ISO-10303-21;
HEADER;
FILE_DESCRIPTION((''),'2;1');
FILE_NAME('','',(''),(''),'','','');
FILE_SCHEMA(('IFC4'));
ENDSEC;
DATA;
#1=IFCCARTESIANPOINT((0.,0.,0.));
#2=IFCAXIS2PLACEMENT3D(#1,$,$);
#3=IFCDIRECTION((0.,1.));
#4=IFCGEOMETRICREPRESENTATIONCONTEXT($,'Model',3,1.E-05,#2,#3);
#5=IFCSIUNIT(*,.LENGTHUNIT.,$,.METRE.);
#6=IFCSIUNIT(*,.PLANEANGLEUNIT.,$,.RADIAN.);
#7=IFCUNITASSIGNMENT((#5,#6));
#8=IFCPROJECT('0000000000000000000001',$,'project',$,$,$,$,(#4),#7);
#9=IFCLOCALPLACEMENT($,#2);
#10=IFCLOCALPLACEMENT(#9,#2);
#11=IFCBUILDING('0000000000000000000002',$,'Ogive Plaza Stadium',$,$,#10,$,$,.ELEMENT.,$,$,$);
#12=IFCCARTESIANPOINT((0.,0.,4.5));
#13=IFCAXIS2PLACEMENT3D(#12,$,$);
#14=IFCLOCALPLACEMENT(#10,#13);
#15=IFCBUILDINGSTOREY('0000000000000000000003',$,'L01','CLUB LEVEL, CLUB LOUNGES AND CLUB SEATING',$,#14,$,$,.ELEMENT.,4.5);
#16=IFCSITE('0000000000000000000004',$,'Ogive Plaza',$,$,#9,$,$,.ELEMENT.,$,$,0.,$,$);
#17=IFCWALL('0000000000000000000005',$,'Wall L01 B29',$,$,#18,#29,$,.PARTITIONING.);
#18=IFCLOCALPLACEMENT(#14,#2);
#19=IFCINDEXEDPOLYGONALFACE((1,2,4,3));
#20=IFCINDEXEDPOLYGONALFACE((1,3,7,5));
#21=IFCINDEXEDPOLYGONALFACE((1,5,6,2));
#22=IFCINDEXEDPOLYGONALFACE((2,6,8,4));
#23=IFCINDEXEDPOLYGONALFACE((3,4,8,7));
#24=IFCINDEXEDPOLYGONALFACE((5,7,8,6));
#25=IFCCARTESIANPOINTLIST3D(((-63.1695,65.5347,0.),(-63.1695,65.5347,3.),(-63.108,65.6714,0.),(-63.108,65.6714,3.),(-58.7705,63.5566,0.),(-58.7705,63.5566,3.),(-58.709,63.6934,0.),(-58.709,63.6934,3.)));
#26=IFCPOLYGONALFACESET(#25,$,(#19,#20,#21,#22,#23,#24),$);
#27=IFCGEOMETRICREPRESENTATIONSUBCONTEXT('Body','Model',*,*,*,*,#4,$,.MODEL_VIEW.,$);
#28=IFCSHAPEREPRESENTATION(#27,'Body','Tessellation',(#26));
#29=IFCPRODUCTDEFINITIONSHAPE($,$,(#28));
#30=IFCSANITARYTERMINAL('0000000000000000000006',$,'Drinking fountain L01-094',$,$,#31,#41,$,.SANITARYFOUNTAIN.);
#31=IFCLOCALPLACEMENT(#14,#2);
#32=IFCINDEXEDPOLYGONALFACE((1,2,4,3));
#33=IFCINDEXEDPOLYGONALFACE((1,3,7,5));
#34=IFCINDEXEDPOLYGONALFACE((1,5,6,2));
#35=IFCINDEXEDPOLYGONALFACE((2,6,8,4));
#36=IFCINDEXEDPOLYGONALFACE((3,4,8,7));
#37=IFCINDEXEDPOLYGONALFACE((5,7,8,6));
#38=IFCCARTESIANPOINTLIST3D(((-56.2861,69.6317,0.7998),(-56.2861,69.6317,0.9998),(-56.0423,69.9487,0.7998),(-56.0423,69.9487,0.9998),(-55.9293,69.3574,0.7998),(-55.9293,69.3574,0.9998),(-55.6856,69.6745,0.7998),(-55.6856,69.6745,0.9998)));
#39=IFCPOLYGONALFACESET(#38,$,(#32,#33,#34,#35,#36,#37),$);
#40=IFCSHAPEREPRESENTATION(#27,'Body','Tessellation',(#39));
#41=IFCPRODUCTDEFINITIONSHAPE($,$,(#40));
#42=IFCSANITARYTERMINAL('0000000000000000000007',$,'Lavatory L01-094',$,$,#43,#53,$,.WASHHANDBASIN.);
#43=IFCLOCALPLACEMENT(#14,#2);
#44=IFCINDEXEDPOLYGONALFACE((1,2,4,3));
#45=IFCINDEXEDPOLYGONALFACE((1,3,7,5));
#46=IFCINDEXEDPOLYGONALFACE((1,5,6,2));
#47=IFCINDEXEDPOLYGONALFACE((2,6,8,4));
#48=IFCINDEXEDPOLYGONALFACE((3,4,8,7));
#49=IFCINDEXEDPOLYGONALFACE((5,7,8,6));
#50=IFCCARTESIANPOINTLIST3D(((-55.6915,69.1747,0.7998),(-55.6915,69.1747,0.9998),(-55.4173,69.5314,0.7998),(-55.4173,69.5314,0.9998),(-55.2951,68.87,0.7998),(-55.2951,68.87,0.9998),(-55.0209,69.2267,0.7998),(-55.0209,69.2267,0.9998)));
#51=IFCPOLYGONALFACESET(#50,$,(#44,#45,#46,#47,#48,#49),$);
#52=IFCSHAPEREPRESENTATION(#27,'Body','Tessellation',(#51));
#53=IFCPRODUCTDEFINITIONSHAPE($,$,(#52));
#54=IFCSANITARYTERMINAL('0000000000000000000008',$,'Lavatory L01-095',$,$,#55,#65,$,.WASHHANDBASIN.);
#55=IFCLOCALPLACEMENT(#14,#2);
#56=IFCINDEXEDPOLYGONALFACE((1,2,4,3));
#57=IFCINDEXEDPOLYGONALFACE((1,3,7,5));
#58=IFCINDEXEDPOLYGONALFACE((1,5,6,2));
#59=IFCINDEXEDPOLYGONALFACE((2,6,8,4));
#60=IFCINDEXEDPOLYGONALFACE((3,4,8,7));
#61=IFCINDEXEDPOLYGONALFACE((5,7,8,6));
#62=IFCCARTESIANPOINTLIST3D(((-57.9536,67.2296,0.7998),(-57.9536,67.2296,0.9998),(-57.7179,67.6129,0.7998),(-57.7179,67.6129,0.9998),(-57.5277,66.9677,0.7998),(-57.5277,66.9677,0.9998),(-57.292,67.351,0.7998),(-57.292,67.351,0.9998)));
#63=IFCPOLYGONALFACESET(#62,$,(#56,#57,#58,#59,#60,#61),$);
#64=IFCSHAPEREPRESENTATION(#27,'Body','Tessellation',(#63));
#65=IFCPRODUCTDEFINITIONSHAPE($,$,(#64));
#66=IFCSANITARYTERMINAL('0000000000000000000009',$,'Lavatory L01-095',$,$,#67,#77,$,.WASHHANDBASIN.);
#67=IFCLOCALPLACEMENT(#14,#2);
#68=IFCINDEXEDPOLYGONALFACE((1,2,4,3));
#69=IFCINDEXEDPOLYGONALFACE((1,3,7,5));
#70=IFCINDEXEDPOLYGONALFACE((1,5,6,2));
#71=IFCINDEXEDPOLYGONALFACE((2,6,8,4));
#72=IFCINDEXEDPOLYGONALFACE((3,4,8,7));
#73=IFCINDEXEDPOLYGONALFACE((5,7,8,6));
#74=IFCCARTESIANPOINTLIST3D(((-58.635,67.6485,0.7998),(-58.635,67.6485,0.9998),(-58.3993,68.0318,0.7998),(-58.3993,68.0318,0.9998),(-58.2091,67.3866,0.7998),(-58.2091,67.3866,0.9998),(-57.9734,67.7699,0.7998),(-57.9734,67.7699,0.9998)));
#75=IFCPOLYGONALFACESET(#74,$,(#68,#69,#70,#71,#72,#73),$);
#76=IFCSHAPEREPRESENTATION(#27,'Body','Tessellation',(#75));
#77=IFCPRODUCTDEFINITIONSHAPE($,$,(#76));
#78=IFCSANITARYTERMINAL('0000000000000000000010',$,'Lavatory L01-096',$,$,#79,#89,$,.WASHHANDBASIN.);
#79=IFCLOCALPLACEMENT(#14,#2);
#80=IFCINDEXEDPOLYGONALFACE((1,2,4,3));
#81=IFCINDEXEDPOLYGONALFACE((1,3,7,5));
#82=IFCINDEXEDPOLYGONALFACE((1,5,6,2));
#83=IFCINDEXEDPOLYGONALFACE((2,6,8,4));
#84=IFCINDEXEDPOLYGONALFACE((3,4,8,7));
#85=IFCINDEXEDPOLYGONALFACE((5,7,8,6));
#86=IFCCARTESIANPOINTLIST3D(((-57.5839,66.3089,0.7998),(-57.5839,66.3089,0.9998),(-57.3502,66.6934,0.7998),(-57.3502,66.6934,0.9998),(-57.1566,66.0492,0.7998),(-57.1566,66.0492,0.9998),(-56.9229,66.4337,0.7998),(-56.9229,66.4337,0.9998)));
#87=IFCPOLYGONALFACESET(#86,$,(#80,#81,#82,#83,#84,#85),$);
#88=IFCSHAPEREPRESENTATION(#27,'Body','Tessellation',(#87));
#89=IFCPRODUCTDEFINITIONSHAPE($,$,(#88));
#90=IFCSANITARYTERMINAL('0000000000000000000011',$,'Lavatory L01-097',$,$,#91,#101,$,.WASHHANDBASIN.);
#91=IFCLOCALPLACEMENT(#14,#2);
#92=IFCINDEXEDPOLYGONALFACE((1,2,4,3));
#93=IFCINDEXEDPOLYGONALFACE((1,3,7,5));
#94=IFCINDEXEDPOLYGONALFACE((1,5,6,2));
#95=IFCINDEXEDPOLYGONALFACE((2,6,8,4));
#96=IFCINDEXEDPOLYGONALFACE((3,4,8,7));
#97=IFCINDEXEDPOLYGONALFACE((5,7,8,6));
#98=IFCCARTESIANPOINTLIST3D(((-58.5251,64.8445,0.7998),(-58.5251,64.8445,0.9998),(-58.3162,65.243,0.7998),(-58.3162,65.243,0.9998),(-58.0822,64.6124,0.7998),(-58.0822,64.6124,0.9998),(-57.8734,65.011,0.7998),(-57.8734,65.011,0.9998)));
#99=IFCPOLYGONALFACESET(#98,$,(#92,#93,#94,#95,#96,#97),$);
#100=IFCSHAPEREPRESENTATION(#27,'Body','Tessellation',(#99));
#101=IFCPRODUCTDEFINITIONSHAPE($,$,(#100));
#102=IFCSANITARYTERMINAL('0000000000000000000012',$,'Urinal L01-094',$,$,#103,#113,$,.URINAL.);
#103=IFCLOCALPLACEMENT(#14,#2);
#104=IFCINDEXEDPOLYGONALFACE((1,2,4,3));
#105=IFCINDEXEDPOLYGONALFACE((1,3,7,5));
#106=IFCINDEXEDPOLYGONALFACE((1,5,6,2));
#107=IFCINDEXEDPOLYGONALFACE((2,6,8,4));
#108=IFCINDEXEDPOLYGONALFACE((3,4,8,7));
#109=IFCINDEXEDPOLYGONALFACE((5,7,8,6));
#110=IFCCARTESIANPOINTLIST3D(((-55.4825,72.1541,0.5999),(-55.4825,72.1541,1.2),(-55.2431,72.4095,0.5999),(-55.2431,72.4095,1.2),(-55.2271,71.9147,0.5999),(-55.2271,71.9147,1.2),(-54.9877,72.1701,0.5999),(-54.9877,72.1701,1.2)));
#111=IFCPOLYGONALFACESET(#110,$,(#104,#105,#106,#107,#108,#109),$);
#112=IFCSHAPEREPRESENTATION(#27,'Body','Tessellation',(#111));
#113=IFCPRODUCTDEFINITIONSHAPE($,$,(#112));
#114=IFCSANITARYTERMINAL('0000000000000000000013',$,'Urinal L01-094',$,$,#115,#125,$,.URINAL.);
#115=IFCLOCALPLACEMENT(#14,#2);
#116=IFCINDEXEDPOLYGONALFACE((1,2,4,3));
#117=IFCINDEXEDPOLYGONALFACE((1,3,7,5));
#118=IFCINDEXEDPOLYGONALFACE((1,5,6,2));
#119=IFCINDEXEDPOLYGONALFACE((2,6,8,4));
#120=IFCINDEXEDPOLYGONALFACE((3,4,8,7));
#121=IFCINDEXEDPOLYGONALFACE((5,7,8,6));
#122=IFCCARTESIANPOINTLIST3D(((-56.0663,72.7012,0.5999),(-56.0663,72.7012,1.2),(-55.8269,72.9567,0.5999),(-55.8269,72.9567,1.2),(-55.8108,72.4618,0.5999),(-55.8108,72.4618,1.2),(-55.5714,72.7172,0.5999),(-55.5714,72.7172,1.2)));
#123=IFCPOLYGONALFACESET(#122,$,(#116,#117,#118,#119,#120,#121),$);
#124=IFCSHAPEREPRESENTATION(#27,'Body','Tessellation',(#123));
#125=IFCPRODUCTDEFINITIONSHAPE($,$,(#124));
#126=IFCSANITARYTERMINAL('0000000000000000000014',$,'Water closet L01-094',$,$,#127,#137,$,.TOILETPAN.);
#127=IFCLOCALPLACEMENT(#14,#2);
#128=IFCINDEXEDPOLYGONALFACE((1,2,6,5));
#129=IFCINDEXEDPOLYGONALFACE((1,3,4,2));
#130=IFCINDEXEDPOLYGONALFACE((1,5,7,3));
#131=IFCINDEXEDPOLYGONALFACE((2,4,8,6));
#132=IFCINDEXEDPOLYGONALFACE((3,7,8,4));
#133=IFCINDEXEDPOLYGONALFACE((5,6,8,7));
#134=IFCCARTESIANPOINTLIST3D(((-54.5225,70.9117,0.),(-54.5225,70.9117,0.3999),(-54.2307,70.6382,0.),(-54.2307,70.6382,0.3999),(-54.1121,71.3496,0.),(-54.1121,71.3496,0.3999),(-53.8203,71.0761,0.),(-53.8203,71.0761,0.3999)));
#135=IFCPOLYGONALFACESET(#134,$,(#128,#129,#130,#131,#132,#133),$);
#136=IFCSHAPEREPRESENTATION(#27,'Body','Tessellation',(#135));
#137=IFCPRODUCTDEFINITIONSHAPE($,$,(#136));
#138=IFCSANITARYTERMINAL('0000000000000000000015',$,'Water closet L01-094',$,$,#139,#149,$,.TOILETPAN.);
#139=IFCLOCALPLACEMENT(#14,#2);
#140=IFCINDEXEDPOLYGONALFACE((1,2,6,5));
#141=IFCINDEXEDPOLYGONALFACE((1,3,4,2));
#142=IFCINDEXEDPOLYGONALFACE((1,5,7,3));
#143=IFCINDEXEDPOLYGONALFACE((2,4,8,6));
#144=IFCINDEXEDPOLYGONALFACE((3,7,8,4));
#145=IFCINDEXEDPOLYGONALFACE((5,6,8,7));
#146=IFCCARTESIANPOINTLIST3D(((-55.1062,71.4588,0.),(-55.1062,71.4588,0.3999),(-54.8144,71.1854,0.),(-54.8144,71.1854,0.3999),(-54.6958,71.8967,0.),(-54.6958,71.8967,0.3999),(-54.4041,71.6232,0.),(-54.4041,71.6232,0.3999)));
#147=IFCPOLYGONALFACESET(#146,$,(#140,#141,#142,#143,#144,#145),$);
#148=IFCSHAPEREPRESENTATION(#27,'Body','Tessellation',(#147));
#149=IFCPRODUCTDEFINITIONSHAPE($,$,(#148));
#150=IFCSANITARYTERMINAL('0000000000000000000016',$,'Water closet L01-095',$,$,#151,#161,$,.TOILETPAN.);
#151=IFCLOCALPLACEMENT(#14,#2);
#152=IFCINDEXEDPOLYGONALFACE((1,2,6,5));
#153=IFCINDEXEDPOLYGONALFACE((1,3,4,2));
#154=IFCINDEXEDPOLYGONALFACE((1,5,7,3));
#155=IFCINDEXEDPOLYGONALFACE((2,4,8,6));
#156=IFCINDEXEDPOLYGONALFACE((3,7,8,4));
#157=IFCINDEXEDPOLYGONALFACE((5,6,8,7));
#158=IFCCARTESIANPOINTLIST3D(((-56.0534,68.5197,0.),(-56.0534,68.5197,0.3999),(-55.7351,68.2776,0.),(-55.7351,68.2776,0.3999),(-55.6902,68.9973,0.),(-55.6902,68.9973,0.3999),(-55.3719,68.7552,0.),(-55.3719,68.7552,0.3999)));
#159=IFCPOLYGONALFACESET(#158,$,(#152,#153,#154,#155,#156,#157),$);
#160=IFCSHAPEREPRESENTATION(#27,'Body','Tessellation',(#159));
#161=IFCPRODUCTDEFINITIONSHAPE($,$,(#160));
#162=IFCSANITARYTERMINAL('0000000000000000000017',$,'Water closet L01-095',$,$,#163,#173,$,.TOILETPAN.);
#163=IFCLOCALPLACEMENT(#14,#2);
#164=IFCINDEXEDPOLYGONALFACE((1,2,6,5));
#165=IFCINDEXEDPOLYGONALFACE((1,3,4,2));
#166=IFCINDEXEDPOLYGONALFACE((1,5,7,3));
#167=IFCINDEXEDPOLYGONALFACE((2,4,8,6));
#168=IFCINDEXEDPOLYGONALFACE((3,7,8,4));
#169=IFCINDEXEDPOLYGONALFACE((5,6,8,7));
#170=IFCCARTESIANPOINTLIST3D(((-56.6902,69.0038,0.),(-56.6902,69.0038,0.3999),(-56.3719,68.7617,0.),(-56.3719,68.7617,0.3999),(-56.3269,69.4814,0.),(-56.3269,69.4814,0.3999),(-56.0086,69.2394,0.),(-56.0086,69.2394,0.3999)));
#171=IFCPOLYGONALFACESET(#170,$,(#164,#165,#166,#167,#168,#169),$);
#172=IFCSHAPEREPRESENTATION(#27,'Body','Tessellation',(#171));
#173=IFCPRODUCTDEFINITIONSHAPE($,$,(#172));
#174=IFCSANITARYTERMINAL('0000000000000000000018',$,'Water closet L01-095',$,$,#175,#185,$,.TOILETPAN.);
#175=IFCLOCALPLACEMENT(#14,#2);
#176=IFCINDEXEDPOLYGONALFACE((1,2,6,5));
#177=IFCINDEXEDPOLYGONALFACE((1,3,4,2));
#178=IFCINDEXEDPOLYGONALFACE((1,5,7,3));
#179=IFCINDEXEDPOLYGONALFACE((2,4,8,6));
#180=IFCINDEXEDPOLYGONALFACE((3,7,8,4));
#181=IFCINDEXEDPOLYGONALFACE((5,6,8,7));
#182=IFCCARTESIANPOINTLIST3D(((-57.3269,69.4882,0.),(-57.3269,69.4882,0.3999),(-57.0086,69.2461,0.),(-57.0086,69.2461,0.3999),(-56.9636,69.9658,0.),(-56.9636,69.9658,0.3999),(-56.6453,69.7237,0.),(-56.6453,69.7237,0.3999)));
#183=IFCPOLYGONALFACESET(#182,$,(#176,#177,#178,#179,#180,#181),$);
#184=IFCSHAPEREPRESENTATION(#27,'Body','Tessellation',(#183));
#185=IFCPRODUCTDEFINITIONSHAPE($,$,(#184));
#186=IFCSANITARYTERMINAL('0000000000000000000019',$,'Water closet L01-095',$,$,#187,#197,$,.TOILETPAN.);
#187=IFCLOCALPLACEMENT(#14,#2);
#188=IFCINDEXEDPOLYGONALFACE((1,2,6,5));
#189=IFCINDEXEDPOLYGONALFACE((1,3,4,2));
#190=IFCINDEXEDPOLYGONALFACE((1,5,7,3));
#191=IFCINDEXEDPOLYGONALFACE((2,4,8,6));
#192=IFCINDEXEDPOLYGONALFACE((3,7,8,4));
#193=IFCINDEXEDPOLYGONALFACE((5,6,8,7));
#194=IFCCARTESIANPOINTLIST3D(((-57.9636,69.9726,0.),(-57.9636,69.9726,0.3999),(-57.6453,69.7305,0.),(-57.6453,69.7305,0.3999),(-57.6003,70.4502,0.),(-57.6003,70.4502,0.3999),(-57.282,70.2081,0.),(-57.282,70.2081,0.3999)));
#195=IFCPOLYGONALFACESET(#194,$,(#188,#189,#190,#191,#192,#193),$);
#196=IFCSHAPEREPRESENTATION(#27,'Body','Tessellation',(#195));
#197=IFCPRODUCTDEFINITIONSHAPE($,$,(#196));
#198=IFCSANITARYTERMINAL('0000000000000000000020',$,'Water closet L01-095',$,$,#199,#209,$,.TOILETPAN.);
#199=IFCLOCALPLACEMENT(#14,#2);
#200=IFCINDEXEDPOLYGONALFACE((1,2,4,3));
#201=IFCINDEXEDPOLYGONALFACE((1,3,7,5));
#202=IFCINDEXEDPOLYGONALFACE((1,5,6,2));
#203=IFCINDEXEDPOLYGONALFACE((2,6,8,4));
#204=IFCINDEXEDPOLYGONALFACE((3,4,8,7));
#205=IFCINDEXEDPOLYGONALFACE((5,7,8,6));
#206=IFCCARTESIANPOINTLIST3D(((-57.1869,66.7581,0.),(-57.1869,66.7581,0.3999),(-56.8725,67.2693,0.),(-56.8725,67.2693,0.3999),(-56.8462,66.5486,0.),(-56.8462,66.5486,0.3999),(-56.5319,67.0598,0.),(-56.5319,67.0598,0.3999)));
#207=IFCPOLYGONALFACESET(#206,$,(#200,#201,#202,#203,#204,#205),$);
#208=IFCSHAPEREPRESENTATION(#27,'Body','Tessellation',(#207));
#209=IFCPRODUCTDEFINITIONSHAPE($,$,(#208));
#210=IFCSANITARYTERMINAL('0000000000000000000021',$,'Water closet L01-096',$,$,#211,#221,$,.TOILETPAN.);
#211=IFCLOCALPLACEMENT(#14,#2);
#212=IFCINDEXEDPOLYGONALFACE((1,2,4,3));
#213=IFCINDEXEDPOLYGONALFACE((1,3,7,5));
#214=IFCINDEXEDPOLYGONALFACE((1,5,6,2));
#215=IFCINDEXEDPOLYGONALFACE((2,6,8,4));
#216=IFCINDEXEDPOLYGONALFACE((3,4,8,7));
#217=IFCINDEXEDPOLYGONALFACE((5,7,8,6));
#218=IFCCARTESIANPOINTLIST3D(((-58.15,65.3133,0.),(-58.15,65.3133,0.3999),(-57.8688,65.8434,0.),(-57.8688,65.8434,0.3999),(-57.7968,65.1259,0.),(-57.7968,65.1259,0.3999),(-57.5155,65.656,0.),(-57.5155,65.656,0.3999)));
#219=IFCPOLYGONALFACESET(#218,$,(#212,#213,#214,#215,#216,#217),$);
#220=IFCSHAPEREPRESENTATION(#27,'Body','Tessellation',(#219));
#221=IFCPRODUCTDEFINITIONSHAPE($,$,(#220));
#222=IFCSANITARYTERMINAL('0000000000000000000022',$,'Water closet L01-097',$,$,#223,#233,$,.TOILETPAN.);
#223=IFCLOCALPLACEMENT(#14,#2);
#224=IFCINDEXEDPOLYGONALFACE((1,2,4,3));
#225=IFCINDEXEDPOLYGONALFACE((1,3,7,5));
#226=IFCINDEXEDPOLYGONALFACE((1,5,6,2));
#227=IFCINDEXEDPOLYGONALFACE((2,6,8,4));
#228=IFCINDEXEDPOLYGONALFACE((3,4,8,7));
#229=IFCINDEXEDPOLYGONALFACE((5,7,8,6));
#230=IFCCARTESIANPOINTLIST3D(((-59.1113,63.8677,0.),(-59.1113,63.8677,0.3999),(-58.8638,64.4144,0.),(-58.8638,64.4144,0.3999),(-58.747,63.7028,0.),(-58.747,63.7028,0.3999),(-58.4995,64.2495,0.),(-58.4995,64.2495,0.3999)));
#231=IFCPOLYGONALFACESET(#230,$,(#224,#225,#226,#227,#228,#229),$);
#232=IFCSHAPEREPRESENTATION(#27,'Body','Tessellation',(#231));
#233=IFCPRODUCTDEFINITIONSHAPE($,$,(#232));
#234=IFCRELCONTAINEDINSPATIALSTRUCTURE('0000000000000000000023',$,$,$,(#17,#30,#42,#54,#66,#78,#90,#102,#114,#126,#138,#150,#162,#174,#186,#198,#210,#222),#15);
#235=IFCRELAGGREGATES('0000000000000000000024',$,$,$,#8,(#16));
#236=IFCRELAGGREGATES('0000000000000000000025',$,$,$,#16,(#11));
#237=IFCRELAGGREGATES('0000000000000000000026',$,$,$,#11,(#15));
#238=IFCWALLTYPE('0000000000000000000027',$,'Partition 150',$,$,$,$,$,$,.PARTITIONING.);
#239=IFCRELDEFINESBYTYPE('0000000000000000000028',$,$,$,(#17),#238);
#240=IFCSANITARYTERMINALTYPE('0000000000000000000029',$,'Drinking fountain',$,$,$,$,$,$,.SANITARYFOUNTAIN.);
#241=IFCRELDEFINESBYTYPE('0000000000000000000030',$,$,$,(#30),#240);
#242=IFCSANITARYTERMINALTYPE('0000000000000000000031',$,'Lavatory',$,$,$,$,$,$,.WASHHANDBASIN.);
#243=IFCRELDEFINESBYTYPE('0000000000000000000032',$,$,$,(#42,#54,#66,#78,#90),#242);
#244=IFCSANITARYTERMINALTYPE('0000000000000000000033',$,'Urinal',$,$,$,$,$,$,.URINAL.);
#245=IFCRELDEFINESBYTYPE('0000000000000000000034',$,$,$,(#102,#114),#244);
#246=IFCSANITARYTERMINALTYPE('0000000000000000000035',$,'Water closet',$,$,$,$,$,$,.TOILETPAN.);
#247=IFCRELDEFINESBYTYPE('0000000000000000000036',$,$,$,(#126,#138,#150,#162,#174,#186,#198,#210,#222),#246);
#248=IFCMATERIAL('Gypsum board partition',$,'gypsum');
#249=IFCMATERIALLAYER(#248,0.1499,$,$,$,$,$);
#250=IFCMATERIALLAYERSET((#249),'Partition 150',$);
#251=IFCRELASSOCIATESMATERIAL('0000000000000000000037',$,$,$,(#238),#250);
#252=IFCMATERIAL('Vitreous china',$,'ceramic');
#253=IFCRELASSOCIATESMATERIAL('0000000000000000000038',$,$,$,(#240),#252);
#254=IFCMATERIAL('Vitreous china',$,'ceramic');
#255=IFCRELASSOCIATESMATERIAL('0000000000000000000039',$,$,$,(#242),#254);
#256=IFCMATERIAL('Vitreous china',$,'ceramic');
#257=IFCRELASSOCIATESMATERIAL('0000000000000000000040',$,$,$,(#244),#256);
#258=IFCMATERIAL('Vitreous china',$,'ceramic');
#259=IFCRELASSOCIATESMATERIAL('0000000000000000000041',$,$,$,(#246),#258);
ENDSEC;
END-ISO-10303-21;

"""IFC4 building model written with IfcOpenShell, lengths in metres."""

from ifc_helpers import new_model, si_unit, direction, frame, frame_2d, origin, origin_2d, place, context, subcontext, project, spatial, rectangle, extrude, material, layer, layer_set, type_object, element, save


model = new_model("IFC4")

# Units and contexts
model_context = context("Model", 3, precision=1e-05, world=origin(), true_north=direction((0.0, 1.0)))
body_context = subcontext(model_context, "Body", "Model", "MODEL_VIEW")
ifc_project = project(units=[si_unit("LENGTHUNIT", "METRE"), si_unit("PLANEANGLEUNIT", "RADIAN")], contexts=[model_context])

# Site, building, storey
site_placement = place(None, origin())
site = spatial("IfcSite", under=ifc_project, at=site_placement, Name="Ogive Plaza", CompositionType="ELEMENT", RefElevation=0.0)
building_placement = place(site_placement, origin())
building = spatial("IfcBuilding", under=site, at=building_placement, Name="Ogive Plaza Stadium", CompositionType="ELEMENT")
storey_placement = place(building_placement, frame((0.0, 0.0, 4.5)))
storey = spatial("IfcBuildingStorey", under=building, at=storey_placement, Name="L01", Description="CLUB LEVEL, CLUB LOUNGES AND CLUB SEATING", CompositionType="ELEMENT", Elevation=4.5)

# Wall
ifc_material_1 = material(Name="Gypsum board partition", Category="gypsum")
ifc_layer_1 = layer(ifc_material_1, 0.1499)
ifc_layer_set_1 = layer_set([ifc_layer_1], Name="Partition 150")
wall_type_1 = type_object("IfcWallType", Name="Partition 150", PredefinedType="PARTITIONING", material=ifc_layer_set_1)
wall_1_placement = place(storey_placement, frame((-58.7397, 63.625, 0.0), z_axis=(0.0, 0.0, 1.0), x_axis=(-0.912037, 0.410108, 0.0)))
element("IfcWall", 1, at=wall_1_placement, inside=storey, type_object=wall_type_1, Name="Wall L01 B29", PredefinedType="PARTITIONING", context=body_context, shape_type="SweptSolid", body=[
    extrude(rectangle(XDim=4.8232, YDim=0.1499, at=frame_2d((2.4116, 0.0))), origin(), (0.0, 0.0, 1.0), 3.0),
])

# Sanitary terminals
ifc_material_2 = material(Name="Vitreous china", Category="ceramic")
sanitary_terminal_type_1 = type_object("IfcSanitaryTerminalType", Name="Drinking fountain", PredefinedType="SANITARYFOUNTAIN", material=ifc_material_2)
sanitary_terminal_placement = place(storey_placement, frame((-55.9858, 69.6531, 0.7998), z_axis=(0.0, 0.0, 1.0), x_axis=(-0.792822, 0.609454, 0.0)))
element("IfcSanitaryTerminal", 2, at=sanitary_terminal_placement, inside=storey, type_object=sanitary_terminal_type_1, Name="Drinking fountain L01-094", PredefinedType="SANITARYFOUNTAIN", context=body_context, shape_type="SweptSolid", body=[
    extrude(rectangle(XDim=0.45, YDim=0.3999, at=origin_2d()), origin(), (0.0, 0.0, 1.0), 0.2),
])
ifc_material_3 = material(Name="Vitreous china", Category="ceramic")
sanitary_terminal_type_2 = type_object("IfcSanitaryTerminalType", Name="Lavatory", PredefinedType="WASHHANDBASIN", material=ifc_material_3)
for number, where, z_axis, x_axis, name in (
    (3, (-55.3562, 69.2007, 0.7998), (0.0, 0.0, 1.0), (-0.792822, 0.609454, 0.0), "Lavatory L01-094"),
    (4, (-57.6228, 67.2903, 0.7998), (0.0, 0.0, 1.0), (-0.851835, 0.52381, 0.0), "Lavatory L01-095"),
    (5, (-58.3042, 67.7092, 0.7998), (0.0, 0.0, 1.0), (-0.851835, 0.52381, 0.0), "Lavatory L01-095"),
    (6, (-57.2534, 66.3713, 0.7998), (0.0, 0.0, 1.0), (-0.854517, 0.519424, 0.0), "Lavatory L01-096"),
    (7, (-58.1992, 64.9277, 0.7998), (0.0, 0.0, 1.0), (-0.885741, 0.464179, 0.0), "Lavatory L01-097"),
):
    element("IfcSanitaryTerminal", number, at=place(storey_placement, frame(where, z_axis=z_axis, x_axis=x_axis)), inside=storey, type_object=sanitary_terminal_type_2, Name=name, PredefinedType="WASHHANDBASIN", context=body_context, shape_type="SweptSolid", body=[
        extrude(rectangle(XDim=0.5, YDim=0.45, at=origin_2d()), origin(), (0.0, 0.0, 1.0), 0.2),
    ])
ifc_material_4 = material(Name="Vitreous china", Category="ceramic")
sanitary_terminal_type_3 = type_object("IfcSanitaryTerminalType", Name="Urinal", PredefinedType="URINAL", material=ifc_material_4)
for number, where, z_axis, x_axis, name in (
    (8, (-55.2351, 72.1621, 0.5999), (0.0, 0.0, 1.0), (-0.729637, 0.683834, 0.0), "Urinal L01-094"),
    (9, (-55.8188, 72.7092, 0.5999), (0.0, 0.0, 1.0), (-0.729637, 0.683834, 0.0), "Urinal L01-094"),
):
    element("IfcSanitaryTerminal", number, at=place(storey_placement, frame(where, z_axis=z_axis, x_axis=x_axis)), inside=storey, type_object=sanitary_terminal_type_3, Name=name, PredefinedType="URINAL", context=body_context, shape_type="SweptSolid", body=[
        extrude(rectangle(XDim=0.3501, YDim=0.3501, at=origin_2d()), origin(), (0.0, 0.0, 1.0), 0.6001),
    ])
ifc_material_5 = material(Name="Vitreous china", Category="ceramic")
sanitary_terminal_type_4 = type_object("IfcSanitaryTerminalType", Name="Water closet", PredefinedType="TOILETPAN", material=ifc_material_5)
for number, where, z_axis, x_axis, name in (
    (10, (-54.1714, 70.9939, 0.0), (0.0, 0.0, 1.0), (-0.729637, 0.683834, 0.0), "Water closet L01-094"),
    (11, (-54.7551, 71.541, 0.0), (0.0, 0.0, 1.0), (-0.729637, 0.683834, 0.0), "Water closet L01-094"),
    (12, (-55.7126, 68.6375, 0.0), (0.0, 0.0, 1.0), (-0.795936, 0.60538, 0.0), "Water closet L01-095"),
    (13, (-56.3494, 69.1216, 0.0), (0.0, 0.0, 1.0), (-0.795936, 0.60538, 0.0), "Water closet L01-095"),
    (14, (-56.9861, 69.606, 0.0), (0.0, 0.0, 1.0), (-0.795936, 0.60538, 0.0), "Water closet L01-095"),
    (15, (-57.6228, 70.0903, 0.0), (0.0, 0.0, 1.0), (-0.795936, 0.60538, 0.0), "Water closet L01-095"),
    (16, (-56.8594, 66.9089, 0.0), (0.0, 0.0, 1.0), (-0.851835, 0.52381, 0.0), "Water closet L01-095"),
    (17, (-57.8328, 65.4846, 0.0), (0.0, 0.0, 1.0), (-0.883366, 0.468684, 0.0), "Water closet L01-096"),
    (18, (-58.8054, 64.0586, 0.0), (0.0, 0.0, 1.0), (-0.911001, 0.412405, 0.0), "Water closet L01-097"),
):
    element("IfcSanitaryTerminal", number, at=place(storey_placement, frame(where, z_axis=z_axis, x_axis=x_axis)), inside=storey, type_object=sanitary_terminal_type_4, Name=name, PredefinedType="TOILETPAN", context=body_context, shape_type="SweptSolid", body=[
        extrude(rectangle(XDim=0.3999, YDim=0.6001, at=origin_2d()), origin(), (0.0, 0.0, 1.0), 0.3999),
    ])

save(model, "model.ifc")
